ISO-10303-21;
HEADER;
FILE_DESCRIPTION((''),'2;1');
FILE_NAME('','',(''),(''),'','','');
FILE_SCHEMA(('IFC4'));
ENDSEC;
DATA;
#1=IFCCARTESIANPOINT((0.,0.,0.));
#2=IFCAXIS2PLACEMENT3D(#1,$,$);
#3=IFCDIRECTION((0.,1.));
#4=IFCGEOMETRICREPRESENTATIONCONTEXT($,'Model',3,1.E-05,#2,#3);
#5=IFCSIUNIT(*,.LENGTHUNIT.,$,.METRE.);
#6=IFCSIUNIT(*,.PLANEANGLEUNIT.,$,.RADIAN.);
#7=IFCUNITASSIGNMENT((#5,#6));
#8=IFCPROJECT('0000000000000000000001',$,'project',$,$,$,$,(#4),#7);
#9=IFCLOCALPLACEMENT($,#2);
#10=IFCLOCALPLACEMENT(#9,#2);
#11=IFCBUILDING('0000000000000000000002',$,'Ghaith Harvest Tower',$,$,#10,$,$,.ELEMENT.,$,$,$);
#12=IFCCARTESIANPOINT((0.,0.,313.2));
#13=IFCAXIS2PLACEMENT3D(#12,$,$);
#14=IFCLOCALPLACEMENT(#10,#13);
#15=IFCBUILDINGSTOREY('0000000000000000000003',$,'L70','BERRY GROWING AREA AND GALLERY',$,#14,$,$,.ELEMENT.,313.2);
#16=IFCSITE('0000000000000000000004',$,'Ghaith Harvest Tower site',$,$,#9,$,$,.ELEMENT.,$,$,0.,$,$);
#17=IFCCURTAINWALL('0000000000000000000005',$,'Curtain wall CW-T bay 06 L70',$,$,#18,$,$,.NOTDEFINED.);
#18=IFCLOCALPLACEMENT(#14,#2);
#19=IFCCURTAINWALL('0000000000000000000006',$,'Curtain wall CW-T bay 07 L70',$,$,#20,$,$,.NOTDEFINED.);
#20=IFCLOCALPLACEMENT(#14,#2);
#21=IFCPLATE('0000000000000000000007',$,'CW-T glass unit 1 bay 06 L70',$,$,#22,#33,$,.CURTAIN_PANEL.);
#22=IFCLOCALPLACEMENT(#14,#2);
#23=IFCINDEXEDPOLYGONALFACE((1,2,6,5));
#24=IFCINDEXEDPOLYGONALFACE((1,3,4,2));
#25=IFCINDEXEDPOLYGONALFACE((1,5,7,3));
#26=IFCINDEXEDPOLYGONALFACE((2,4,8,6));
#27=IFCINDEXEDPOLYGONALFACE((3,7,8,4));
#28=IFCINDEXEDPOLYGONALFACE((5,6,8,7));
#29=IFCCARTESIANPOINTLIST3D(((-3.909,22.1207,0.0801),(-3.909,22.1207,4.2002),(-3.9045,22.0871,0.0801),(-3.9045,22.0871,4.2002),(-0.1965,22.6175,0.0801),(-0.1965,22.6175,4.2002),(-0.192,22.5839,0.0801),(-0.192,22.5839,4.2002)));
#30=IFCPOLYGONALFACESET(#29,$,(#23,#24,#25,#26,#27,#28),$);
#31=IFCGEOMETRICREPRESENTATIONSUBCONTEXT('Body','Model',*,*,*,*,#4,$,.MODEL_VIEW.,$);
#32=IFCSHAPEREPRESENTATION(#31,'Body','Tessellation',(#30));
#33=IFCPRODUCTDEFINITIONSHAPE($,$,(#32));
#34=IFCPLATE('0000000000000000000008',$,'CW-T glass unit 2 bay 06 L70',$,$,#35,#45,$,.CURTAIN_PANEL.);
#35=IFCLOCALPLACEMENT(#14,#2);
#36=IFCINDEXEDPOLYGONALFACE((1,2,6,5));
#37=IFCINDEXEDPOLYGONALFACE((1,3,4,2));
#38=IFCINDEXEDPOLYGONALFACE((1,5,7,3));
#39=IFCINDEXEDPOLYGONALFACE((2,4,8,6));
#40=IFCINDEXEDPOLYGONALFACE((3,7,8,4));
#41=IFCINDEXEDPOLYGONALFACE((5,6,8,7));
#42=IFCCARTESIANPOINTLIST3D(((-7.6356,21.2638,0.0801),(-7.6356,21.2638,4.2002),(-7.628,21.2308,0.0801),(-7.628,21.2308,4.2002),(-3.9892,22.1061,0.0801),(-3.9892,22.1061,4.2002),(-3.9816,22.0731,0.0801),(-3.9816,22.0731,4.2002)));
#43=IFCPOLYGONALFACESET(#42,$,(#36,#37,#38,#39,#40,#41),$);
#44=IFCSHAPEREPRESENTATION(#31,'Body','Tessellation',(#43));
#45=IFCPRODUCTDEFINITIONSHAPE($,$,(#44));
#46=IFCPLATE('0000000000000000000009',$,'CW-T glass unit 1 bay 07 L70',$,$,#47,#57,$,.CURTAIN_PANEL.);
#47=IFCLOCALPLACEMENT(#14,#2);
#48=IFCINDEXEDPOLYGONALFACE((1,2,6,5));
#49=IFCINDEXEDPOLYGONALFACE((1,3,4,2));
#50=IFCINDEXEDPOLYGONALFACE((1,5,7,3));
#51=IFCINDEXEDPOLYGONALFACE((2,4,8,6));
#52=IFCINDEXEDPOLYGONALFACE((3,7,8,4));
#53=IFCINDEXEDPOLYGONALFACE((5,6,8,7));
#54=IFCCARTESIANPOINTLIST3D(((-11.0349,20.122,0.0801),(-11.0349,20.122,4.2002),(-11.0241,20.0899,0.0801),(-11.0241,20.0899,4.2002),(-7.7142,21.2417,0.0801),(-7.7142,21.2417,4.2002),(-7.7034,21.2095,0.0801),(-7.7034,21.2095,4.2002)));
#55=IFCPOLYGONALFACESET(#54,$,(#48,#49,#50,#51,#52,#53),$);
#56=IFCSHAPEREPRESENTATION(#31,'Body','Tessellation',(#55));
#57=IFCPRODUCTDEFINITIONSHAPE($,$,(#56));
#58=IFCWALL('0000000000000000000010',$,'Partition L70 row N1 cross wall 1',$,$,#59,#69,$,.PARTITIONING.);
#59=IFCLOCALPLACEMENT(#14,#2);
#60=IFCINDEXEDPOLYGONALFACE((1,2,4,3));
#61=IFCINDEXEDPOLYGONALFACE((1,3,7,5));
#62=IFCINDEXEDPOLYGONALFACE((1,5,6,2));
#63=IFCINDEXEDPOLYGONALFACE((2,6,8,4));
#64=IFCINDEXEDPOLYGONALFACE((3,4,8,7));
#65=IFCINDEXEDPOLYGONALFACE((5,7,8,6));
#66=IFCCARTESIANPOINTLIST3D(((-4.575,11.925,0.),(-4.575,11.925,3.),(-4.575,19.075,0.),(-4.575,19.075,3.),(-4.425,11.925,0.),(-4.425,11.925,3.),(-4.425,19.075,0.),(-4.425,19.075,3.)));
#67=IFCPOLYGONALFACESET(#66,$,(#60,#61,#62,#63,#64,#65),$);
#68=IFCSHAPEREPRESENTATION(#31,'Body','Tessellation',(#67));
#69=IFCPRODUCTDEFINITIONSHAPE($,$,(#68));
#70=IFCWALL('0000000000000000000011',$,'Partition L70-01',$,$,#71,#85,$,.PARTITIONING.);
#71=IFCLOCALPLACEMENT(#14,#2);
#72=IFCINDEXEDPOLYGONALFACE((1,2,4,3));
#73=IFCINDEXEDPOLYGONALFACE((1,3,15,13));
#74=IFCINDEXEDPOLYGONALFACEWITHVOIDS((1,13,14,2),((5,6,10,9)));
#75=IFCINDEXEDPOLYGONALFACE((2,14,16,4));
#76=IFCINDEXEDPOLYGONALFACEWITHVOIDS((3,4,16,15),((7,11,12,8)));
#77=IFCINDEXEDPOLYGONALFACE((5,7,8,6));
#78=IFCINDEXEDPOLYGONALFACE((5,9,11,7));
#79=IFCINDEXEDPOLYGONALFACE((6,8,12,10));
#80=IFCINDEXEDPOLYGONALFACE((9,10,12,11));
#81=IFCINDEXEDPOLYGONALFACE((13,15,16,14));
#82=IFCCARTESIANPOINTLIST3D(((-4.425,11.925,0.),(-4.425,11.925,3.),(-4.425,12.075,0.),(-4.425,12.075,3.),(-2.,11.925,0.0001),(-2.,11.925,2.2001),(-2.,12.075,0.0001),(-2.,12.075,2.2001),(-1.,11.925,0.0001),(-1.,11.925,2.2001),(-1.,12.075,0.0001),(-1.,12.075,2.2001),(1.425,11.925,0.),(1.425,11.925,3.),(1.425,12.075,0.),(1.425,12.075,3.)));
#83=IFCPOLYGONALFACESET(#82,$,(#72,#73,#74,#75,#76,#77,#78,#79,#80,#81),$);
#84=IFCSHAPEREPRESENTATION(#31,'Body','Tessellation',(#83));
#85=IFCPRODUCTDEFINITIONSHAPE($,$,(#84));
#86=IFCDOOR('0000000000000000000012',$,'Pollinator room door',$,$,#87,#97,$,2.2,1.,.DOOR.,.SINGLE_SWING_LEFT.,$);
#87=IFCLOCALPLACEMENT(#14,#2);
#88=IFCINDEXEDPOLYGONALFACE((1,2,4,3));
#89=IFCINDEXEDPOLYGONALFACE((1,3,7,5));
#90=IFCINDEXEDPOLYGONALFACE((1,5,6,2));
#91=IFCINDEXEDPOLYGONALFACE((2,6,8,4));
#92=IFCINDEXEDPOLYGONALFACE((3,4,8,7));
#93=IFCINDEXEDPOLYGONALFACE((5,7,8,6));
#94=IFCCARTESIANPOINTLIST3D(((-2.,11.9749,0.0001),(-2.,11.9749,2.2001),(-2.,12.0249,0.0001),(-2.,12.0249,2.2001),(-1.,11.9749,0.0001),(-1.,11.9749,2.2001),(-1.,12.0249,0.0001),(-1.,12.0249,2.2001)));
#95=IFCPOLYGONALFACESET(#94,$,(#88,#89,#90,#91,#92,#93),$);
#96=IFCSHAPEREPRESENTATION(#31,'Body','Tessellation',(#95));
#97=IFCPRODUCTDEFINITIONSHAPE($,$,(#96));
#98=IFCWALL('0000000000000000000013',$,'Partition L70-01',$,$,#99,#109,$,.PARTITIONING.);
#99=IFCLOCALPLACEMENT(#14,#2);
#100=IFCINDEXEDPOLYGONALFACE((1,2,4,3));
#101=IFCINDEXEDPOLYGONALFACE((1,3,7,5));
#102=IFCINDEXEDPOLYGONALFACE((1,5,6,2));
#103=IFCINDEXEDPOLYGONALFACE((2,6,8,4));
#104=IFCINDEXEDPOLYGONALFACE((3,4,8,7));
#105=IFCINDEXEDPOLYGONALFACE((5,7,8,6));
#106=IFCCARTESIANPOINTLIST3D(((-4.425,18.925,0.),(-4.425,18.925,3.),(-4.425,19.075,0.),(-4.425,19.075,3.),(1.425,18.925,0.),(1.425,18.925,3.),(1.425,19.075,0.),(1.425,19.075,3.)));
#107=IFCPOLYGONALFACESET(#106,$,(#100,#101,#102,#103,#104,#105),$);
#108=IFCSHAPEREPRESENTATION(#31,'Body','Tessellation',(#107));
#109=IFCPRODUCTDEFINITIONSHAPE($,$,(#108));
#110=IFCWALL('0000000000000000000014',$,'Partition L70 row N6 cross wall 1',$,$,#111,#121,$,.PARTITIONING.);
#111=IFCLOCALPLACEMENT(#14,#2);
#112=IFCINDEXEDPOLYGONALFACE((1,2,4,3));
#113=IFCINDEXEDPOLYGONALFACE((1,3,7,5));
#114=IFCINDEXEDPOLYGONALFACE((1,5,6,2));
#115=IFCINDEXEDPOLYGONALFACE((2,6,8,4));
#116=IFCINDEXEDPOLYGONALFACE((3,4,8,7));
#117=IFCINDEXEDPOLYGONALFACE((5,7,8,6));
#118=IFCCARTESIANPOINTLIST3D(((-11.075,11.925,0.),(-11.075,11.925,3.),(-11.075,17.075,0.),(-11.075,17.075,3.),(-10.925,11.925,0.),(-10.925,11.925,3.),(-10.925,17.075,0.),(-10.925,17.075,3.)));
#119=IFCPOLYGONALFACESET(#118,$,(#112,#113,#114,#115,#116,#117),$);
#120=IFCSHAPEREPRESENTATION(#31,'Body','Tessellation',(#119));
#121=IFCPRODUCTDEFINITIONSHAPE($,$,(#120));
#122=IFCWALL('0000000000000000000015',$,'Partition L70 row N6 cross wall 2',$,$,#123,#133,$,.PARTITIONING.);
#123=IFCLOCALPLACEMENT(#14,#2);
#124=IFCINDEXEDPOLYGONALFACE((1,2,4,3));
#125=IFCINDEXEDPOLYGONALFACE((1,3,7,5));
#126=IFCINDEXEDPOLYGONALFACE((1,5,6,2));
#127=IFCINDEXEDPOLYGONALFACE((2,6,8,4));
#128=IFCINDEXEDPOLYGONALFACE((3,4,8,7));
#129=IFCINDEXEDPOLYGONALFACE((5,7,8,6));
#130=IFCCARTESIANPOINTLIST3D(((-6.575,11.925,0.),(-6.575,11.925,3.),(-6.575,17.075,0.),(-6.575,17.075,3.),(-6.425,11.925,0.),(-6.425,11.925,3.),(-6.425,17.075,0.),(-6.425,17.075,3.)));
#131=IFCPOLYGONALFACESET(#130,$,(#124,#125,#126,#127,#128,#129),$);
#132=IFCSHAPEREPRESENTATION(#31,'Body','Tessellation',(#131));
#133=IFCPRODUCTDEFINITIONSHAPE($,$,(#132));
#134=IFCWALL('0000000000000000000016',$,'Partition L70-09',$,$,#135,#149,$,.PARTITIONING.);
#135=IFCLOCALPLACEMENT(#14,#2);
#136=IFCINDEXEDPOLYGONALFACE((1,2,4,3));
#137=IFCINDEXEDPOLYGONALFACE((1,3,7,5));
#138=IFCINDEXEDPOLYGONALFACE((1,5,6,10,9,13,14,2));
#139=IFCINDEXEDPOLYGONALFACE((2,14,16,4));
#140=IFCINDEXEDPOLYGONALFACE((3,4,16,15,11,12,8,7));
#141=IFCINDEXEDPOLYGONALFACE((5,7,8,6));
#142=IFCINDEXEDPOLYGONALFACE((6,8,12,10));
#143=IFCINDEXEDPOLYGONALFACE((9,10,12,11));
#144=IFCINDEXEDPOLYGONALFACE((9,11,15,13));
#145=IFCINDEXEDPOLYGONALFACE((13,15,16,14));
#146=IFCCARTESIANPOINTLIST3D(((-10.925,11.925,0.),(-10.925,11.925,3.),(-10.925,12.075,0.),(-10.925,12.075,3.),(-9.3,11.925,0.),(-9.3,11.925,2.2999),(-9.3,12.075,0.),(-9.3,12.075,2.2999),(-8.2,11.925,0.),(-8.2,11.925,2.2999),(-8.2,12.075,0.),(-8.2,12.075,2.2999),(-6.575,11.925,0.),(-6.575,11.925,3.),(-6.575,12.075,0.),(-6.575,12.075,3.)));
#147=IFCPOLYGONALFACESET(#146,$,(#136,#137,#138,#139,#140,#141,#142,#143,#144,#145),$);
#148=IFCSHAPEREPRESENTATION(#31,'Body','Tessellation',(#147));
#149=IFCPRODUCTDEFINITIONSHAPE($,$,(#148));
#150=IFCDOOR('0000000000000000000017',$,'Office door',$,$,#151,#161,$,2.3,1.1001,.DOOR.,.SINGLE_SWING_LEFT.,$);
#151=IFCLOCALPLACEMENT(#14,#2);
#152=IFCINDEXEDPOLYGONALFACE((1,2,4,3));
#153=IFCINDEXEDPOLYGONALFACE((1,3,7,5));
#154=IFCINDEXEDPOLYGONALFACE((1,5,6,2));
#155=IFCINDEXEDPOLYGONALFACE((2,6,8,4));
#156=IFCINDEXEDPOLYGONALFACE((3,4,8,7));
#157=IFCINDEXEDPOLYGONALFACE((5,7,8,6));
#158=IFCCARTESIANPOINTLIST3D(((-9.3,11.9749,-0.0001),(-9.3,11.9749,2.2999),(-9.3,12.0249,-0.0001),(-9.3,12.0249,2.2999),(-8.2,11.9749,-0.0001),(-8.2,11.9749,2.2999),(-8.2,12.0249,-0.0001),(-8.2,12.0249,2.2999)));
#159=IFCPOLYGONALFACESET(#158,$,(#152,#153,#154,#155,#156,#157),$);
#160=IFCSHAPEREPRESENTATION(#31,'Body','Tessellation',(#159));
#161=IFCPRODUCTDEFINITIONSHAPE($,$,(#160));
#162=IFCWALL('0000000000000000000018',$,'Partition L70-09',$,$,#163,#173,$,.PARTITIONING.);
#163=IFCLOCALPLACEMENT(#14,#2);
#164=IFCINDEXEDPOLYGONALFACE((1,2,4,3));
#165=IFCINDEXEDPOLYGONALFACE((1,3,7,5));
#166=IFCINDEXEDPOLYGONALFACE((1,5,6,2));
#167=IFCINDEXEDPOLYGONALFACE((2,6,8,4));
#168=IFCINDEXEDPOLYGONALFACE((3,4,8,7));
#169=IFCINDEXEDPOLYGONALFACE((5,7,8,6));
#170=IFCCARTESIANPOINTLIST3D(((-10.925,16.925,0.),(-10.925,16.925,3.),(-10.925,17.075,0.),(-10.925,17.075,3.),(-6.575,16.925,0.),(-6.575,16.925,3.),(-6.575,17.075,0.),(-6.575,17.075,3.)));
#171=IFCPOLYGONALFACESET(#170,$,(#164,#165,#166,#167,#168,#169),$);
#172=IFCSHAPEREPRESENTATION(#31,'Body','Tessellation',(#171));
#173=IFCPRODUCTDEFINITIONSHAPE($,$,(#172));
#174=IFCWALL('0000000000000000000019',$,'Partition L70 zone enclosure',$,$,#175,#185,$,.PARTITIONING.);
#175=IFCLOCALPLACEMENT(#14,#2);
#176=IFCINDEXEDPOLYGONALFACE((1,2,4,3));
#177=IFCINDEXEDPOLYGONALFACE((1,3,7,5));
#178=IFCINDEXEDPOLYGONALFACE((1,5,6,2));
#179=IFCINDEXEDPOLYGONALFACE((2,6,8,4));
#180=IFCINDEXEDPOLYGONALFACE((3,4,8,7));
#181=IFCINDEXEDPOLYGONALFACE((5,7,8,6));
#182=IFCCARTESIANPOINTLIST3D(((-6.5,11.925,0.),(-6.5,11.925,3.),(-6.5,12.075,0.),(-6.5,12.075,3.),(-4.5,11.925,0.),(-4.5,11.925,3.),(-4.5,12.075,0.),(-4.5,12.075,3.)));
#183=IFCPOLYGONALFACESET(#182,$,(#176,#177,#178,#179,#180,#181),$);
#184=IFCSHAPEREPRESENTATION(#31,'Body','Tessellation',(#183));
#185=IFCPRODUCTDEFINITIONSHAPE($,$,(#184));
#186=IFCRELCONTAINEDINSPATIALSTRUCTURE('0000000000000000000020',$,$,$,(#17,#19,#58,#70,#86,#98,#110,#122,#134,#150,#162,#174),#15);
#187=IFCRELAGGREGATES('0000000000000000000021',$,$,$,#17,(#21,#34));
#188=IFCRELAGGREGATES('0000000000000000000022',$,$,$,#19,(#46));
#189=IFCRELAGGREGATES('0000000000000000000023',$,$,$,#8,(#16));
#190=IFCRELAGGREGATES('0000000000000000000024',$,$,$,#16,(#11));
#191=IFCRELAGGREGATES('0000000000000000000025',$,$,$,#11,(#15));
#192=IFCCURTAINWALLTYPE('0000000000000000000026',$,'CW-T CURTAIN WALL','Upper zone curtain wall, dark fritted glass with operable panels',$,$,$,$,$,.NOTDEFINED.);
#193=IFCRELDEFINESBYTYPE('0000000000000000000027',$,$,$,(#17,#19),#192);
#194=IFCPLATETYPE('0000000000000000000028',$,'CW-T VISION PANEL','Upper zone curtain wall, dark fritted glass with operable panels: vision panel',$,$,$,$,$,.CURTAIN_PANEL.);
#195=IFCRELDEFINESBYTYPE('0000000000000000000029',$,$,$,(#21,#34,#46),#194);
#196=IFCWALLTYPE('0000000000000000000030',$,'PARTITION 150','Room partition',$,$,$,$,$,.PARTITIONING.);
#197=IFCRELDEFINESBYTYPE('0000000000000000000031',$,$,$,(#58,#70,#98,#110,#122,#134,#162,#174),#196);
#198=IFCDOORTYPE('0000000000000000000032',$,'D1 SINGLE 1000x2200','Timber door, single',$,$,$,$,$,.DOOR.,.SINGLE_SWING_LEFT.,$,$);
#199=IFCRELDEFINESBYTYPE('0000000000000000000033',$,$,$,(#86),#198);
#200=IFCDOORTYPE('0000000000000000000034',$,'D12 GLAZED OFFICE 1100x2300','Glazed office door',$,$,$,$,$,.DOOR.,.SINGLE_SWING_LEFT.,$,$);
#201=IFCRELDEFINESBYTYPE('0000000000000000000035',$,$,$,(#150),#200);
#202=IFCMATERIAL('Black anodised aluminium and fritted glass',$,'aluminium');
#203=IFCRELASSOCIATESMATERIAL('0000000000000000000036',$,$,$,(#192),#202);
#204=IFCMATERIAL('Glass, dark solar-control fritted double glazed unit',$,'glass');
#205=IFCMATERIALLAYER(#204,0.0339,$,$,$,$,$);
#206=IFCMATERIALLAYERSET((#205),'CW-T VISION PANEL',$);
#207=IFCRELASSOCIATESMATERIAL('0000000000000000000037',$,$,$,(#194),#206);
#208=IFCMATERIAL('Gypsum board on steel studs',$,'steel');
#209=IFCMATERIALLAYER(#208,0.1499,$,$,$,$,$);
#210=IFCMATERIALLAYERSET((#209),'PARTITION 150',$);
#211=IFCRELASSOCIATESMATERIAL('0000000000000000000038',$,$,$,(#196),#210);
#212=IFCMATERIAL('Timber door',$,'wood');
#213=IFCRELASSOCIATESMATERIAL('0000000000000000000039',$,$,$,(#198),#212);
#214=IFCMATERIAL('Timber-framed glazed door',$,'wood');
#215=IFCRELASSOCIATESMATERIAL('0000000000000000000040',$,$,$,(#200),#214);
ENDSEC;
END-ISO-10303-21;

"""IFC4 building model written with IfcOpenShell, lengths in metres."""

from ifc_helpers import new_model, si_unit, direction, frame, frame_2d, origin, origin_2d, place, context, subcontext, project, spatial, rectangle, extrude, material, layer, layer_set, type_object, element, fill, aggregate, save


model = new_model("IFC4")

# Units and contexts
model_context = context("Model", 3, precision=1e-05, world=origin(), true_north=direction((0.0, 1.0)))
body_context = subcontext(model_context, "Body", "Model", "MODEL_VIEW")
ifc_project = project(units=[si_unit("LENGTHUNIT", "METRE"), si_unit("PLANEANGLEUNIT", "RADIAN")], contexts=[model_context])

# Site, building, storey
site_placement = place(None, origin())
site = spatial("IfcSite", under=ifc_project, at=site_placement, Name="Ghaith Harvest Tower site", CompositionType="ELEMENT", RefElevation=0.0)
building_placement = place(site_placement, origin())
building = spatial("IfcBuilding", under=site, at=building_placement, Name="Ghaith Harvest Tower", CompositionType="ELEMENT")
storey_placement = place(building_placement, frame((0.0, 0.0, 313.2)))
storey = spatial("IfcBuildingStorey", under=building, at=storey_placement, Name="L70", Description="BERRY GROWING AREA AND GALLERY", CompositionType="ELEMENT", Elevation=313.2)

# Curtain walls
ifc_material_1 = material(Name="Black anodised aluminium and fritted glass", Category="aluminium")
curtain_wall_type = type_object("IfcCurtainWallType", Name="CW-T CURTAIN WALL", Description="Upper zone curtain wall, dark fritted glass with operable panels", PredefinedType="NOTDEFINED", material=ifc_material_1)
curtain_wall_1_placement = place(storey_placement, origin())
curtain_wall_1 = element("IfcCurtainWall", 1, at=curtain_wall_1_placement, inside=storey, type_object=curtain_wall_type, Name="Curtain wall CW-T bay 06 L70", PredefinedType="NOTDEFINED")
curtain_wall_2_placement = place(storey_placement, origin())
curtain_wall_2 = element("IfcCurtainWall", 2, at=curtain_wall_2_placement, inside=storey, type_object=curtain_wall_type, Name="Curtain wall CW-T bay 07 L70", PredefinedType="NOTDEFINED")

# Plates
ifc_material_2 = material(Name="Glass, dark solar-control fritted double glazed unit", Category="glass")
ifc_layer_1 = layer(ifc_material_2, 0.0339)
ifc_layer_set_1 = layer_set([ifc_layer_1], Name="CW-T VISION PANEL")
plate_type = type_object("IfcPlateType", Name="CW-T VISION PANEL", Description="Upper zone curtain wall, dark fritted glass with operable panels: vision panel", PredefinedType="CURTAIN_PANEL", material=ifc_layer_set_1)
plate_1_placement = place(storey_placement, frame((-2.0505, 22.3523, 0.0801), z_axis=(0.0, 0.0, 1.0), x_axis=(-0.991165, -0.132633, 0.0)))
plate_1 = element("IfcPlate", 3, at=plate_1_placement, type_object=plate_type, Name="CW-T glass unit 1 bay 06 L70", PredefinedType="CURTAIN_PANEL", context=body_context, shape_type="SweptSolid", body=[
    extrude(rectangle(XDim=3.7456, YDim=0.0339, at=origin_2d()), origin(), (0.0, 0.0, 1.0), 4.1201),
])
plate_2_placement = place(storey_placement, frame((-5.8086, 21.6685, 0.0801), z_axis=(0.0, 0.0, 1.0), x_axis=(-0.974342, -0.225072, 0.0)))
plate_2 = element("IfcPlate", 4, at=plate_2_placement, type_object=plate_type, Name="CW-T glass unit 2 bay 06 L70", PredefinedType="CURTAIN_PANEL", context=body_context, shape_type="SweptSolid", body=[
    extrude(rectangle(XDim=3.7424, YDim=0.0339, at=origin_2d()), origin(), (0.0, 0.0, 1.0), 4.1201),
])
aggregate(curtain_wall_1, [plate_1, plate_2])
plate_3_placement = place(storey_placement, frame((-9.3691, 20.6658, 0.0801), z_axis=(0.0, 0.0, 1.0), x_axis=(-0.947586, -0.3195, 0.0)))
plate_3 = element("IfcPlate", 5, at=plate_3_placement, type_object=plate_type, Name="CW-T glass unit 1 bay 07 L70", PredefinedType="CURTAIN_PANEL", context=body_context, shape_type="SweptSolid", body=[
    extrude(rectangle(XDim=3.5044, YDim=0.0339, at=origin_2d()), origin(), (0.0, 0.0, 1.0), 4.1201),
])
aggregate(curtain_wall_2, [plate_3])

# Wall
ifc_material_3 = material(Name="Gypsum board on steel studs", Category="steel")
ifc_layer_2 = layer(ifc_material_3, 0.1499)
ifc_layer_set_2 = layer_set([ifc_layer_2], Name="PARTITION 150")
wall_type = type_object("IfcWallType", Name="PARTITION 150", Description="Room partition", PredefinedType="PARTITIONING", material=ifc_layer_set_2)
wall_1_placement = place(storey_placement, frame((-4.5, 11.925, 0.0), z_axis=(0.0, 0.0, 1.0), x_axis=(0.0, 1.0, 0.0)))
element("IfcWall", 6, at=wall_1_placement, inside=storey, type_object=wall_type, Name="Partition L70 row N1 cross wall 1", PredefinedType="PARTITIONING", context=body_context, shape_type="SweptSolid", body=[
    extrude(rectangle(XDim=7.1499, YDim=0.1499, at=frame_2d((3.575, 0.0))), origin(), (0.0, 0.0, 1.0), 3.0),
])

# Wall, opening, door
wall_2_placement = place(storey_placement, frame((-4.425, 12.0, 0.0), z_axis=(0.0, 0.0, 1.0), x_axis=(1.0, 0.0, 0.0)))
wall_2 = element("IfcWall", 7, at=wall_2_placement, inside=storey, type_object=wall_type, Name="Partition L70-01", PredefinedType="PARTITIONING", context=body_context, shape_type="SweptSolid", body=[
    extrude(rectangle(XDim=5.8501, YDim=0.1499, at=frame_2d((2.925, 0.0))), origin(), (0.0, 0.0, 1.0), 3.0),
])
opening_1_placement = place(wall_2_placement, frame((2.425, 0.0, 0.0)))
opening_1 = element("IfcOpeningElement", 8, at=opening_1_placement, cuts=wall_2, PredefinedType="OPENING", context=body_context, shape_type="SweptSolid", body=[
    extrude(rectangle(XDim=1.0, YDim=2.2, at=frame_2d((0.5, 1.1001))), frame((0.0, 0.085, 0.0), z_axis=(0.0, -1.0, 0.0), x_axis=(1.0, 0.0, 0.0)), (0.0, 0.0, 1.0), 0.1699),
])
ifc_material_4 = material(Name="Timber door", Category="wood")
door_type_1 = type_object("IfcDoorType", Name="D1 SINGLE 1000x2200", Description="Timber door, single", OperationType="SINGLE_SWING_LEFT", PredefinedType="DOOR", material=ifc_material_4)
door_1_placement = place(opening_1_placement, origin())
door_1 = element("IfcDoor", 9, at=door_1_placement, inside=storey, type_object=door_type_1, Name="Pollinator room door", OperationType="SINGLE_SWING_LEFT", OverallHeight=2.2, OverallWidth=1.0, PredefinedType="DOOR", context=body_context, shape_type="SweptSolid", body=[
    extrude(rectangle(XDim=1.0, YDim=2.2, at=frame_2d((0.5, 1.1001))), frame((0.0, 0.0249, 0.0), z_axis=(0.0, -1.0, 0.0), x_axis=(1.0, 0.0, 0.0)), (0.0, 0.0, 1.0), 0.05),
])
fill(opening_1, door_1)

# Walls
wall_3_placement = place(storey_placement, frame((-4.425, 19.0, 0.0), z_axis=(0.0, 0.0, 1.0), x_axis=(1.0, 0.0, 0.0)))
element("IfcWall", 10, at=wall_3_placement, inside=storey, type_object=wall_type, Name="Partition L70-01", PredefinedType="PARTITIONING", context=body_context, shape_type="SweptSolid", body=[
    extrude(rectangle(XDim=5.8501, YDim=0.1499, at=frame_2d((2.925, 0.0))), origin(), (0.0, 0.0, 1.0), 3.0),
])
for number, where, z_axis, x_axis, name in (
    (11, (-11.0, 11.925, 0.0), (0.0, 0.0, 1.0), (0.0, 1.0, 0.0), "Partition L70 row N6 cross wall 1"),
    (12, (-6.5, 11.925, 0.0), (0.0, 0.0, 1.0), (0.0, 1.0, 0.0), "Partition L70 row N6 cross wall 2"),
):
    element("IfcWall", number, at=place(storey_placement, frame(where, z_axis=z_axis, x_axis=x_axis)), inside=storey, type_object=wall_type, Name=name, PredefinedType="PARTITIONING", context=body_context, shape_type="SweptSolid", body=[
        extrude(rectangle(XDim=5.1499, YDim=0.1499, at=frame_2d((2.575, 0.0))), origin(), (0.0, 0.0, 1.0), 3.0),
    ])

# Wall, opening, door
wall_4_placement = place(storey_placement, frame((-10.925, 12.0, 0.0), z_axis=(0.0, 0.0, 1.0), x_axis=(1.0, 0.0, 0.0)))
wall_4 = element("IfcWall", 13, at=wall_4_placement, inside=storey, type_object=wall_type, Name="Partition L70-09", PredefinedType="PARTITIONING", context=body_context, shape_type="SweptSolid", body=[
    extrude(rectangle(XDim=4.3501, YDim=0.1499, at=frame_2d((2.175, 0.0))), origin(), (0.0, 0.0, 1.0), 3.0),
])
opening_2_placement = place(wall_4_placement, frame((1.625, 0.0, 0.0)))
opening_2 = element("IfcOpeningElement", 14, at=opening_2_placement, cuts=wall_4, PredefinedType="OPENING", context=body_context, shape_type="SweptSolid", body=[
    extrude(rectangle(XDim=1.1001, YDim=2.3, at=frame_2d((0.55, 1.1499))), frame((0.0, 0.085, 0.0), z_axis=(0.0, -1.0, 0.0), x_axis=(1.0, 0.0, 0.0)), (0.0, 0.0, 1.0), 0.1699),
])
ifc_material_5 = material(Name="Timber-framed glazed door", Category="wood")
door_type_2 = type_object("IfcDoorType", Name="D12 GLAZED OFFICE 1100x2300", Description="Glazed office door", OperationType="SINGLE_SWING_LEFT", PredefinedType="DOOR", material=ifc_material_5)
door_2_placement = place(opening_2_placement, origin())
door_2 = element("IfcDoor", 15, at=door_2_placement, inside=storey, type_object=door_type_2, Name="Office door", OperationType="SINGLE_SWING_LEFT", OverallHeight=2.3, OverallWidth=1.1001, PredefinedType="DOOR", context=body_context, shape_type="SweptSolid", body=[
    extrude(rectangle(XDim=1.1001, YDim=2.3, at=frame_2d((0.55, 1.1499))), frame((0.0, 0.0249, 0.0), z_axis=(0.0, -1.0, 0.0), x_axis=(1.0, 0.0, 0.0)), (0.0, 0.0, 1.0), 0.05),
])
fill(opening_2, door_2)

# Wall
wall_5_placement = place(storey_placement, frame((-10.925, 17.0, 0.0), z_axis=(0.0, 0.0, 1.0), x_axis=(1.0, 0.0, 0.0)))
element("IfcWall", 16, at=wall_5_placement, inside=storey, type_object=wall_type, Name="Partition L70-09", PredefinedType="PARTITIONING", context=body_context, shape_type="SweptSolid", body=[
    extrude(rectangle(XDim=4.3501, YDim=0.1499, at=frame_2d((2.175, 0.0))), origin(), (0.0, 0.0, 1.0), 3.0),
])

# Wall
wall_6_placement = place(storey_placement, frame((-4.5, 12.0, 0.0), z_axis=(0.0, 0.0, 1.0), x_axis=(-1.0, 0.0, 0.0)))
element("IfcWall", 17, at=wall_6_placement, inside=storey, type_object=wall_type, Name="Partition L70 zone enclosure", PredefinedType="PARTITIONING", context=body_context, shape_type="SweptSolid", body=[
    extrude(rectangle(XDim=2.0, YDim=0.1499, at=frame_2d((1.0, 0.0))), origin(), (0.0, 0.0, 1.0), 3.0),
])

save(model, "model.ifc")
